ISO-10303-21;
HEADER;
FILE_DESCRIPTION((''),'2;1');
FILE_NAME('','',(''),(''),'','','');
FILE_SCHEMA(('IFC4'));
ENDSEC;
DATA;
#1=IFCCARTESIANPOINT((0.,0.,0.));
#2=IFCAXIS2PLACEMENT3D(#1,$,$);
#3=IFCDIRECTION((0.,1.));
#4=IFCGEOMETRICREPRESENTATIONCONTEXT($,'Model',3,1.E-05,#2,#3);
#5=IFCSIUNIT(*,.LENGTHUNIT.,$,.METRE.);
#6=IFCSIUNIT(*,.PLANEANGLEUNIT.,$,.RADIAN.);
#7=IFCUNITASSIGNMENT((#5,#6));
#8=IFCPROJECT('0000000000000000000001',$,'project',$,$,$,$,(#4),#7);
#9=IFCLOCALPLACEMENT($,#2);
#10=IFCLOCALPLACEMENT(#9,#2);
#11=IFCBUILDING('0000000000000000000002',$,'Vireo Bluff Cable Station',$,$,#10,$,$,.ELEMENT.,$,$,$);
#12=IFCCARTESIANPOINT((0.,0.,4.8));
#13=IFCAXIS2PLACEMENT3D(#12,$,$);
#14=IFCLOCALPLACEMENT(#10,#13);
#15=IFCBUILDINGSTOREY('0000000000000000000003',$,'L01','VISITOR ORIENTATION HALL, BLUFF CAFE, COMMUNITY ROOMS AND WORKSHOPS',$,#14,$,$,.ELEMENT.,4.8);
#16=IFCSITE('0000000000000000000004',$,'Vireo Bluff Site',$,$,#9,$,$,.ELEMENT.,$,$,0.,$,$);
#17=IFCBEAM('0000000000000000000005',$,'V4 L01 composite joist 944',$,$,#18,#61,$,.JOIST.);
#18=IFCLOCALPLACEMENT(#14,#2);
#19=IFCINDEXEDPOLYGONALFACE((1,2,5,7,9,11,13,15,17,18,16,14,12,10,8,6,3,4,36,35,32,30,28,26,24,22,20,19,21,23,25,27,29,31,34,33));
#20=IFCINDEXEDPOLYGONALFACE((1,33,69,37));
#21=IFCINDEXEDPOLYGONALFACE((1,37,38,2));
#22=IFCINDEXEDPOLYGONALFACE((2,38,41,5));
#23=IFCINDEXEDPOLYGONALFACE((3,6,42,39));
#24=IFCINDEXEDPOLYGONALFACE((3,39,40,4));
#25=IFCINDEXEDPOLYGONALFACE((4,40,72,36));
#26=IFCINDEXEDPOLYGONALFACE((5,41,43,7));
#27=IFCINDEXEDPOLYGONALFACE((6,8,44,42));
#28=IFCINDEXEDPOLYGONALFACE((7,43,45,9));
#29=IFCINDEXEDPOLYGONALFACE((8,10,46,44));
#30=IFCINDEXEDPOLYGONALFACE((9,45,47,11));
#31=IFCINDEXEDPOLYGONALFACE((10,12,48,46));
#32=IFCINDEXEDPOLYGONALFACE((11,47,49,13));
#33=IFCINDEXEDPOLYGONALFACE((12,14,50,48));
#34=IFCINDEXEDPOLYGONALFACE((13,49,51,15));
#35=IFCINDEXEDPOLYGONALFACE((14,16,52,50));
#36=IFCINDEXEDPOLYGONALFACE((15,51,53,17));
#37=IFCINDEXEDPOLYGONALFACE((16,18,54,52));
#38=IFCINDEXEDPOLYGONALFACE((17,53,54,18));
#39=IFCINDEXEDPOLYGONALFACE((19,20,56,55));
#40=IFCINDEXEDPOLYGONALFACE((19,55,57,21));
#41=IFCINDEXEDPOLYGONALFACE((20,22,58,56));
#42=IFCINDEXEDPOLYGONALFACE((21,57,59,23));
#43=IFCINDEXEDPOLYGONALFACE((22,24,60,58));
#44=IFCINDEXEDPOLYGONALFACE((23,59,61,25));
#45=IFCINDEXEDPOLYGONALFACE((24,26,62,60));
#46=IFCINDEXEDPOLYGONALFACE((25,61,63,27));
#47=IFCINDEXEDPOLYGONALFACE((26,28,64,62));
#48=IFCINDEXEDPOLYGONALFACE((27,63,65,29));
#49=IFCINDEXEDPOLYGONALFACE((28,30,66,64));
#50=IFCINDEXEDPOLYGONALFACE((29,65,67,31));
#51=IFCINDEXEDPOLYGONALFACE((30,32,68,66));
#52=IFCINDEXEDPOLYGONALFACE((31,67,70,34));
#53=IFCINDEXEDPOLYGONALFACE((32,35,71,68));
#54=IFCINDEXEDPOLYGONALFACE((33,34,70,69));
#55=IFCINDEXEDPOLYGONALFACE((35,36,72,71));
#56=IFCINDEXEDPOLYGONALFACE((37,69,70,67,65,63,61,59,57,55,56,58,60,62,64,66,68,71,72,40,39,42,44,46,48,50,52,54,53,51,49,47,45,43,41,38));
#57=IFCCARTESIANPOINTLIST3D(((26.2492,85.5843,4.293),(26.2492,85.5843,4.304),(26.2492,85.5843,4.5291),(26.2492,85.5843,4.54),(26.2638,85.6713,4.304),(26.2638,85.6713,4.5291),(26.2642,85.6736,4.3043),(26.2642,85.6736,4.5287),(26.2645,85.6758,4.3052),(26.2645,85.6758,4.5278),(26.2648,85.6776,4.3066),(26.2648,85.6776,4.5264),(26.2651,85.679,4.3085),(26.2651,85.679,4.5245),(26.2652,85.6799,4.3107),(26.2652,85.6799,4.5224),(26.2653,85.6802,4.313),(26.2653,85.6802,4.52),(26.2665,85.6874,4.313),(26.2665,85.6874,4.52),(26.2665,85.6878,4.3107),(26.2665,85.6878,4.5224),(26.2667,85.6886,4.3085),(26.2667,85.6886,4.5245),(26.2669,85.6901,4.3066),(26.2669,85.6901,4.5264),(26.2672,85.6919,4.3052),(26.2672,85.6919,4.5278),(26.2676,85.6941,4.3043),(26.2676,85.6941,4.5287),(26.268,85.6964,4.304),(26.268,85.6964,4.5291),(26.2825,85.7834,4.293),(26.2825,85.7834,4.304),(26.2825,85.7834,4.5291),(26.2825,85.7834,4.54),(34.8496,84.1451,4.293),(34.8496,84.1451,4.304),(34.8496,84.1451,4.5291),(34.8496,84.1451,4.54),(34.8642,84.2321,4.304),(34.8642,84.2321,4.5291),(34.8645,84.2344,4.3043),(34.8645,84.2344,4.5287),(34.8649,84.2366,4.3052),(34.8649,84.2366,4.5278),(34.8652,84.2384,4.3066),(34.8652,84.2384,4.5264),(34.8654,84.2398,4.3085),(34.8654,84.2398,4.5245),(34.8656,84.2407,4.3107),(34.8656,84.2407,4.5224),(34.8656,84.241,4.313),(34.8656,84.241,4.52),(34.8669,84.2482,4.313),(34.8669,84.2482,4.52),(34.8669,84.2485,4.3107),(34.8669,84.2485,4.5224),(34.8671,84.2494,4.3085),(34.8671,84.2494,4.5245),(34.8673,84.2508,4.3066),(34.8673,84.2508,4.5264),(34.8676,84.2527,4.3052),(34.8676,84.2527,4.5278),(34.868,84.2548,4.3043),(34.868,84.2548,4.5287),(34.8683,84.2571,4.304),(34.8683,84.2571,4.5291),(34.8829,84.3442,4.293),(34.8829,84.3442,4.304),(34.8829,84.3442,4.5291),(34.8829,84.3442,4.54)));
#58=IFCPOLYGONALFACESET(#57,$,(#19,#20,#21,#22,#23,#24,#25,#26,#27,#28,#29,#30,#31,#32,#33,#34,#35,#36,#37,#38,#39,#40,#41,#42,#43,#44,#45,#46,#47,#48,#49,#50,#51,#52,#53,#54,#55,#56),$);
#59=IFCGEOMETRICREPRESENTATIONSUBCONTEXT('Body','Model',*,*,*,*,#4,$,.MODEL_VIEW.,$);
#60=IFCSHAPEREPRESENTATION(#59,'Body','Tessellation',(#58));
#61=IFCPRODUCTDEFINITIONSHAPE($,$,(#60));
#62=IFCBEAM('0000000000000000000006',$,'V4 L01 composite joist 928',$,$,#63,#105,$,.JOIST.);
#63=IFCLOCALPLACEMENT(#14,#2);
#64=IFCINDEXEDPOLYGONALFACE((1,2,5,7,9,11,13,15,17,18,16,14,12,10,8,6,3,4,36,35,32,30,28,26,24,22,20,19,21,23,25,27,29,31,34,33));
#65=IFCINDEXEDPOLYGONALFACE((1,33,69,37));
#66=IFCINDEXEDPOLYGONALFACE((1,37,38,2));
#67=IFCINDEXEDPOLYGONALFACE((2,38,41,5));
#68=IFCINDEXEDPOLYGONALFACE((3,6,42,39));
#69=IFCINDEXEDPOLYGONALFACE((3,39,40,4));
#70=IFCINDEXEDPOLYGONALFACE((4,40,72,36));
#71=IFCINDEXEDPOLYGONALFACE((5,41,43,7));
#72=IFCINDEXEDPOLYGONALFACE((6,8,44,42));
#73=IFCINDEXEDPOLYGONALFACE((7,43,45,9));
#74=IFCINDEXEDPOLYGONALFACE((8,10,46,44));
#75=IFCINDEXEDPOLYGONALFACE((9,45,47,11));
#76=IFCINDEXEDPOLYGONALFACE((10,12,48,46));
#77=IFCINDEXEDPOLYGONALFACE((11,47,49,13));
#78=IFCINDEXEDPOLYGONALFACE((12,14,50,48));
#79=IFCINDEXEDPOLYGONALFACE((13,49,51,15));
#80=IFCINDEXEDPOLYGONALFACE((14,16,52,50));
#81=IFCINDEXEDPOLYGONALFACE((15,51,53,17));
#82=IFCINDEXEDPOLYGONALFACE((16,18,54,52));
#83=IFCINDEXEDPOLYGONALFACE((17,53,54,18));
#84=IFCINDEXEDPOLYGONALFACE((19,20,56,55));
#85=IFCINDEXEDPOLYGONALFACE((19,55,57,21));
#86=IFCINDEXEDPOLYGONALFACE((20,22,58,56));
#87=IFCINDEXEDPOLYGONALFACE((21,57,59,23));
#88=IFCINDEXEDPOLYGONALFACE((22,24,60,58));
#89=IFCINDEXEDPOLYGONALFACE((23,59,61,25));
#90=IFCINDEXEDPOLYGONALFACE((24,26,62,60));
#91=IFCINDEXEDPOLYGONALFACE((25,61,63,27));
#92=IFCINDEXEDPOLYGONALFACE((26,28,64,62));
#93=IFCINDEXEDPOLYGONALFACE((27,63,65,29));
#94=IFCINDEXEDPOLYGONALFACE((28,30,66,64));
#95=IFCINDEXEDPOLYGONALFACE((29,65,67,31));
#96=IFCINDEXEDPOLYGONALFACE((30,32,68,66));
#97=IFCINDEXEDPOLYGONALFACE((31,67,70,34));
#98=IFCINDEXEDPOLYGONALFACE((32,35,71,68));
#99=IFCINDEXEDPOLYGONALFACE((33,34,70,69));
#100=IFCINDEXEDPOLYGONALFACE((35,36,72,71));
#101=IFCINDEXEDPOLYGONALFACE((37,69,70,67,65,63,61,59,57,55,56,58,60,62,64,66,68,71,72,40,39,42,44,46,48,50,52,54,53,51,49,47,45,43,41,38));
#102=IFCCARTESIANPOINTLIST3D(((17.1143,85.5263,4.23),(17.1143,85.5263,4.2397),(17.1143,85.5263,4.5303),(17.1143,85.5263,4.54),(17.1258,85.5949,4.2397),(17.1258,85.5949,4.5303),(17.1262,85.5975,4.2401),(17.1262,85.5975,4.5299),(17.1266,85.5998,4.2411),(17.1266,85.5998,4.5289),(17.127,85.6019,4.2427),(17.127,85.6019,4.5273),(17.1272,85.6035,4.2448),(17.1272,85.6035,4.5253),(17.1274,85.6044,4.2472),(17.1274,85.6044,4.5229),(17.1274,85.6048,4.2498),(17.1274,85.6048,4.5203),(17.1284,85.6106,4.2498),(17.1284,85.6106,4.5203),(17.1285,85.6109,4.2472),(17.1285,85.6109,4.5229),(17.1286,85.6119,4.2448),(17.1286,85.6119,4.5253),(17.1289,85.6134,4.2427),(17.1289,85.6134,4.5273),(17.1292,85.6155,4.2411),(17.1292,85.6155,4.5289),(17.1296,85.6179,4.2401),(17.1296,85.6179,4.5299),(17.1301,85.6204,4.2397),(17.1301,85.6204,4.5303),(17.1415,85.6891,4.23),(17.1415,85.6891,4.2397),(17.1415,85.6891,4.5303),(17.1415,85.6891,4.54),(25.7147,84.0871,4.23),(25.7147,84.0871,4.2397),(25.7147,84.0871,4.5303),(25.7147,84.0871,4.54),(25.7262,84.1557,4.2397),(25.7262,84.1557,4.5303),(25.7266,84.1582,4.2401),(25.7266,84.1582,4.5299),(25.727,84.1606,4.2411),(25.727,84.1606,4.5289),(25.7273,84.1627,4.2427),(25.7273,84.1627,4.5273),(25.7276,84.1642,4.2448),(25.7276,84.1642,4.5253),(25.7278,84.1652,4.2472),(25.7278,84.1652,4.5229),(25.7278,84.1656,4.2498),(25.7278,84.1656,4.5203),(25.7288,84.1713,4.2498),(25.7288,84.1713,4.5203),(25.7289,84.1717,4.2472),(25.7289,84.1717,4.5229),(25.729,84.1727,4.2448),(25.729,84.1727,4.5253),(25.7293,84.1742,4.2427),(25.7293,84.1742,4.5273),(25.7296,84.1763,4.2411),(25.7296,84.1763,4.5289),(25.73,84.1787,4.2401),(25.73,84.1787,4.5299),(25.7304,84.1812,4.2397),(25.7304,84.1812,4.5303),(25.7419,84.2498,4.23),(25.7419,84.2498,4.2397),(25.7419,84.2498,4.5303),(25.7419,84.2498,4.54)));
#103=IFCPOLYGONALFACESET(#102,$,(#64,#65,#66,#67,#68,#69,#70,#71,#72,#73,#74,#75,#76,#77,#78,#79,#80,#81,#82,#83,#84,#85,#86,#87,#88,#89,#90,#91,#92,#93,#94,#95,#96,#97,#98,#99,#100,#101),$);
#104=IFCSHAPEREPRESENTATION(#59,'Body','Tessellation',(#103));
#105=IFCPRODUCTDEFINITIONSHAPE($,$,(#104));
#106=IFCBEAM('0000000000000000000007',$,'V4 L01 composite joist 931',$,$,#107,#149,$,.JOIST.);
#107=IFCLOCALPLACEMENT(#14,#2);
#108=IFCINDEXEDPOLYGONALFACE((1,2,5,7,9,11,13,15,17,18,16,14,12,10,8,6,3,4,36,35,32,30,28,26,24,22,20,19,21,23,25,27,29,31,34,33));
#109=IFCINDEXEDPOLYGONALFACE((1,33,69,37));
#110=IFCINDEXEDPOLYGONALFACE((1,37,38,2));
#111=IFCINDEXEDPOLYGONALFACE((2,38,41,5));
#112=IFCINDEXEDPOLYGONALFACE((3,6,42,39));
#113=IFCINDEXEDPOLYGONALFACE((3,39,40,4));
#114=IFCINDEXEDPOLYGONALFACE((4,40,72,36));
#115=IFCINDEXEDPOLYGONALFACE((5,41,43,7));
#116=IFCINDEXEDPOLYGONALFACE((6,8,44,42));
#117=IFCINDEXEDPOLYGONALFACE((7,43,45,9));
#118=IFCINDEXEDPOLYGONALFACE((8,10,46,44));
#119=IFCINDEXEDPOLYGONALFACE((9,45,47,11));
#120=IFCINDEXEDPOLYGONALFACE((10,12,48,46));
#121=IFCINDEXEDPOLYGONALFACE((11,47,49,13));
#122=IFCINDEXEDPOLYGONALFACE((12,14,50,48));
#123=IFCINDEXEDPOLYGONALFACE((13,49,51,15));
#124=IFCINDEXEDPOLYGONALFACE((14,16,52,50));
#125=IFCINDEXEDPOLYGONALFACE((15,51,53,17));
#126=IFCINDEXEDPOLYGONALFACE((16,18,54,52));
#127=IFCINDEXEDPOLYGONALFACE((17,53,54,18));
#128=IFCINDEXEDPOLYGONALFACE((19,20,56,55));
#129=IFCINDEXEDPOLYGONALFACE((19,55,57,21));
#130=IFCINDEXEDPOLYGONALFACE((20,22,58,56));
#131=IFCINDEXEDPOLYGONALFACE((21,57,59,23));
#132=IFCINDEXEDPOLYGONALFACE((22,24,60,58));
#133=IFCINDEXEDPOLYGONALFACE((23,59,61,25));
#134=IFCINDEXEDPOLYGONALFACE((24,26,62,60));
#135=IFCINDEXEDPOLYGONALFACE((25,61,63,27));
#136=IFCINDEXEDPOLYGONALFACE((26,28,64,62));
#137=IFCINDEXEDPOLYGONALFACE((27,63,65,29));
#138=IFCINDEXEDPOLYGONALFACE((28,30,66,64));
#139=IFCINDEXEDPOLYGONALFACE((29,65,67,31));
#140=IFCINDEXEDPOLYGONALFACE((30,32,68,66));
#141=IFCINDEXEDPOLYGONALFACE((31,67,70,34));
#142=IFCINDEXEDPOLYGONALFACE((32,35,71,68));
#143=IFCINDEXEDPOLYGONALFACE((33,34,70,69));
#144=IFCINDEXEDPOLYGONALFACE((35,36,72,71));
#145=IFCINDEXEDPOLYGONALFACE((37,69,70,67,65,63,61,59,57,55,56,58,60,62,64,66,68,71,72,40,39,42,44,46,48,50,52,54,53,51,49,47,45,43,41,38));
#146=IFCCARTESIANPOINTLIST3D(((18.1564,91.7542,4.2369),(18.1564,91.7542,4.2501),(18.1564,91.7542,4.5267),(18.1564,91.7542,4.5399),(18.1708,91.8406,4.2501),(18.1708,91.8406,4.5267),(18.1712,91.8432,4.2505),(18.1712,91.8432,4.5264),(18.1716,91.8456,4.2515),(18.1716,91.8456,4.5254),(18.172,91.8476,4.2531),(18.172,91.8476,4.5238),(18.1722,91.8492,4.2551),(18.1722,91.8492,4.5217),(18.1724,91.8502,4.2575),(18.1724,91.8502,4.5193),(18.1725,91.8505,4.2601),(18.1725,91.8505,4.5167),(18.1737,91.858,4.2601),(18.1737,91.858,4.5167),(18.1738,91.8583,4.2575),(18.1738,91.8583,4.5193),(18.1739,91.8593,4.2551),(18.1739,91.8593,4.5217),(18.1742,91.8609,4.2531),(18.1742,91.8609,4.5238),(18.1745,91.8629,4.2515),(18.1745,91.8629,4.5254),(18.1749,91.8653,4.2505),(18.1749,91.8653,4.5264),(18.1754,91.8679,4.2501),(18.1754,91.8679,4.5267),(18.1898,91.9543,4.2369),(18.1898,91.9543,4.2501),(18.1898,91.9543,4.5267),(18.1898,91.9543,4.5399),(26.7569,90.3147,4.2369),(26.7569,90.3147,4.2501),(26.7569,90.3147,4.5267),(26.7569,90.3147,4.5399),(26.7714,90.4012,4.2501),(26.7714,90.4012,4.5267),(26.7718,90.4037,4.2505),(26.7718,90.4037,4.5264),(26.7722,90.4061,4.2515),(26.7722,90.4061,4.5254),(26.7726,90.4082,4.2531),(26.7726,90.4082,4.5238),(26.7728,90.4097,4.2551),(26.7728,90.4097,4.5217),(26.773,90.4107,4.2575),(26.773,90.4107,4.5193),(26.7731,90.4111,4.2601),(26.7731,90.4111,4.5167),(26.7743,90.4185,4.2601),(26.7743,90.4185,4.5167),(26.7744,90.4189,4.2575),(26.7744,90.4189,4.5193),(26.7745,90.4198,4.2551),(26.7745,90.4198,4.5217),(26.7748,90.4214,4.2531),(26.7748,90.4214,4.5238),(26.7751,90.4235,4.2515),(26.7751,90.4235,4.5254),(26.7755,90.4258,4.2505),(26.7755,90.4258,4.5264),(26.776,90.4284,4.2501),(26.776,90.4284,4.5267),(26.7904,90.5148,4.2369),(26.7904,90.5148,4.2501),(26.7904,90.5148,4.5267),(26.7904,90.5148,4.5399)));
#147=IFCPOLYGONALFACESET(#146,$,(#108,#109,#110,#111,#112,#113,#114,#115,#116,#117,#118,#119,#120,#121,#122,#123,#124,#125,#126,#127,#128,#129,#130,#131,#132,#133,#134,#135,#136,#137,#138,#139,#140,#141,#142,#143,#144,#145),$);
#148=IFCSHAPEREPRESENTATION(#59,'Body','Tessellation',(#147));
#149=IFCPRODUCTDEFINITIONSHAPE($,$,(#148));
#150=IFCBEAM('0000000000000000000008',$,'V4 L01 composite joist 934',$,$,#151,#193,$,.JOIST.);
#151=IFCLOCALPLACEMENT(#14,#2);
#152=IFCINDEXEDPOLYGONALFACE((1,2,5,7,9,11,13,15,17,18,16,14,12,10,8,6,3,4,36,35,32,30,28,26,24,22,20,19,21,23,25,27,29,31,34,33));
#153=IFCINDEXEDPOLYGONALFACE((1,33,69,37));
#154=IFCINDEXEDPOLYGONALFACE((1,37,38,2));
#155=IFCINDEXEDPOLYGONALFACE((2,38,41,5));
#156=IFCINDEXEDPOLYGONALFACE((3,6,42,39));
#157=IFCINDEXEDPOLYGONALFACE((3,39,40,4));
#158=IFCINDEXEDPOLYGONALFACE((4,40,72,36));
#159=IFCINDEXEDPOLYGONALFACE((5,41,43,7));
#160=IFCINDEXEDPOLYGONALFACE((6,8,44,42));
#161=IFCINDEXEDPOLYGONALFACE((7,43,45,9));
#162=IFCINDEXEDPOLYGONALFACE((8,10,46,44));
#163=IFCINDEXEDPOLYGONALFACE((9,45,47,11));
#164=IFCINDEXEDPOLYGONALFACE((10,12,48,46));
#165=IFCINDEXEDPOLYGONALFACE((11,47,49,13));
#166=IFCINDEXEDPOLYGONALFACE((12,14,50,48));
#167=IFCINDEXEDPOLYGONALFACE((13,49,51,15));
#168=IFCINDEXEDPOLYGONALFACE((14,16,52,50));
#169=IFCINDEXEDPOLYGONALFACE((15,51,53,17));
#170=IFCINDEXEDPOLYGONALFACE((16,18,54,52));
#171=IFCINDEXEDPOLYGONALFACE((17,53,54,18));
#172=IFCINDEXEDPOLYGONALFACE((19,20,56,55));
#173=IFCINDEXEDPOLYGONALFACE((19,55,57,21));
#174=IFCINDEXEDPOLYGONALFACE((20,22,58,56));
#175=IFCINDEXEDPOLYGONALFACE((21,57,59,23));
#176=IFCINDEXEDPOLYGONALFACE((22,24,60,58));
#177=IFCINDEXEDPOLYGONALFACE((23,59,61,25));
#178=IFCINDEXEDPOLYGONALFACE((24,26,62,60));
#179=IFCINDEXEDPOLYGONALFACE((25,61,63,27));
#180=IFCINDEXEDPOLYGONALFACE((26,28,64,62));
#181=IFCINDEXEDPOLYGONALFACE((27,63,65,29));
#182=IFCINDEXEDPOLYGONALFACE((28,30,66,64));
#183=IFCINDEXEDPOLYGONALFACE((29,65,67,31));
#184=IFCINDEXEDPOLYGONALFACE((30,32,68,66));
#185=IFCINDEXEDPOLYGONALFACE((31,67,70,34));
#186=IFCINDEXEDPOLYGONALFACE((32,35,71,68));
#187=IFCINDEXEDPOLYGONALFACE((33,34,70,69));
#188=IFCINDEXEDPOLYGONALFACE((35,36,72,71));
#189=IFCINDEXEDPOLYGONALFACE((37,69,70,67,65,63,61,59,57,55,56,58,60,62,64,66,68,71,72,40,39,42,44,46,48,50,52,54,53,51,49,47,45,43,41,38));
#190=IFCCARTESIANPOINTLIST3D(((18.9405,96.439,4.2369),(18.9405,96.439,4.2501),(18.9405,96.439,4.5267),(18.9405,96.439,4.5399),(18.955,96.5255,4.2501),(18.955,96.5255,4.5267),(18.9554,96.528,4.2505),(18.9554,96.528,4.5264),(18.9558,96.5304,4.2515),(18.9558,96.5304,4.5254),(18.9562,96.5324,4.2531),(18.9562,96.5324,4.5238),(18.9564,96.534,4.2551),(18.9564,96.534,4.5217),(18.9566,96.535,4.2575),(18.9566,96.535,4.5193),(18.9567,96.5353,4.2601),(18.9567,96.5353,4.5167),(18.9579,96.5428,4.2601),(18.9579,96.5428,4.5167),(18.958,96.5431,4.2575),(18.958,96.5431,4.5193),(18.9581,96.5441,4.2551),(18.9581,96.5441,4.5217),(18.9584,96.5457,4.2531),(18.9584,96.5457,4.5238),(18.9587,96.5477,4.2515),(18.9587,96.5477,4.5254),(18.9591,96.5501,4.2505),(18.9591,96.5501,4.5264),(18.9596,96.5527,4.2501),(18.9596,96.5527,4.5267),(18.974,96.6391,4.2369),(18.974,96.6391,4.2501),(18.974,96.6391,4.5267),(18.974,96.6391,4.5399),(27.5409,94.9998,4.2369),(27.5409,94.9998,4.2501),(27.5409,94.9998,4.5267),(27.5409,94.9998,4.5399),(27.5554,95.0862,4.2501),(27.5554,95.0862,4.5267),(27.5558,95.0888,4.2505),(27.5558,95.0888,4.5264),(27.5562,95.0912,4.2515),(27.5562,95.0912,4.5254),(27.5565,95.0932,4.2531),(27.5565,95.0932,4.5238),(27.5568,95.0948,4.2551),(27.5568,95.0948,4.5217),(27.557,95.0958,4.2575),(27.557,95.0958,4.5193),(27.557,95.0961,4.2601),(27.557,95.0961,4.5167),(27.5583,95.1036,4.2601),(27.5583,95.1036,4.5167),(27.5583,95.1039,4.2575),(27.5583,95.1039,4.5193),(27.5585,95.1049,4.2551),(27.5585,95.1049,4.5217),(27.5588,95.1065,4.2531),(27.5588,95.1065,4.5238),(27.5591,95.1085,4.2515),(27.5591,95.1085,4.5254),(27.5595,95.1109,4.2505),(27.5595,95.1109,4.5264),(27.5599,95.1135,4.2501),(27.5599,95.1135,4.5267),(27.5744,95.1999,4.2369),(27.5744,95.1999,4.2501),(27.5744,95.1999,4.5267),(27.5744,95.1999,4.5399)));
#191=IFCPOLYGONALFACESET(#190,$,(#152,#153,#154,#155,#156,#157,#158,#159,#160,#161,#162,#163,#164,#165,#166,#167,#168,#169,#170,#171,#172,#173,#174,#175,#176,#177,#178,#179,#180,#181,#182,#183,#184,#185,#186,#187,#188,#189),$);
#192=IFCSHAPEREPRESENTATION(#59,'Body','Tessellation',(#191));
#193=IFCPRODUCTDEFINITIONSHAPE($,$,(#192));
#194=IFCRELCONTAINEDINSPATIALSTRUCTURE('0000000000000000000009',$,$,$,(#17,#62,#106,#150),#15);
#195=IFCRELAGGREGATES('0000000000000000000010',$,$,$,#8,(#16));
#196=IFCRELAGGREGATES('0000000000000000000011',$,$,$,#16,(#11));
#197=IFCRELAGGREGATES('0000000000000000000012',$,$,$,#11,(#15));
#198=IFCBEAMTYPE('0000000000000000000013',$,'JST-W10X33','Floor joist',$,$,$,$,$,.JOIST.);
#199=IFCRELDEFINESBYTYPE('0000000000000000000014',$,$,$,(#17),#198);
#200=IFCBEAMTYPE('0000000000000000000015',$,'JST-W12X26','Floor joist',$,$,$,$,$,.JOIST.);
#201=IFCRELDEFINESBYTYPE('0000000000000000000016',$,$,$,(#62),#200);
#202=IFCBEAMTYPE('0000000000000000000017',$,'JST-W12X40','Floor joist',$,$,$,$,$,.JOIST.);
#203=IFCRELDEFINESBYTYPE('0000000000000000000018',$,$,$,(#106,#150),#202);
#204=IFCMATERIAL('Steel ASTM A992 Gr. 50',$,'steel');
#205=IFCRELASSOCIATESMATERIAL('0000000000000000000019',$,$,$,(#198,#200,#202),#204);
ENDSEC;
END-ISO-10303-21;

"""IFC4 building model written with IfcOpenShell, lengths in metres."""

from ifc_helpers import new_model, si_unit, direction, frame, origin, origin_2d, place, context, subcontext, project, spatial, i_section, extrude, material, material_profile, profile_set, type_object, element, save


model = new_model("IFC4")

# Units and contexts
model_context = context("Model", 3, precision=1e-05, world=origin(), true_north=direction((0.0, 1.0)))
body_context = subcontext(model_context, "Body", "Model", "MODEL_VIEW")
ifc_project = project(units=[si_unit("LENGTHUNIT", "METRE"), si_unit("PLANEANGLEUNIT", "RADIAN")], contexts=[model_context])

# Site, building, storey
site_placement = place(None, origin())
site = spatial("IfcSite", under=ifc_project, at=site_placement, Name="Vireo Bluff Site", CompositionType="ELEMENT", RefElevation=0.0)
building_placement = place(site_placement, origin())
building = spatial("IfcBuilding", under=site, at=building_placement, Name="Vireo Bluff Cable Station", CompositionType="ELEMENT")
storey_placement = place(building_placement, frame((0.0, 0.0, 4.8)))
storey = spatial("IfcBuildingStorey", under=building, at=storey_placement, Name="L01", Description="VISITOR ORIENTATION HALL, BLUFF CAFE, COMMUNITY ROOMS AND WORKSHOPS", CompositionType="ELEMENT", Elevation=4.8)

# Shared definitions
ifc_material_1 = material(Name="Steel ASTM A992 Gr. 50", Category="steel")

# Beams
ifc_material_profile_1 = material_profile(ifc_material_1, i_section(OverallWidth=0.2019, OverallDepth=0.2471, WebThickness=0.0073, FlangeThickness=0.011, FilletRadius=0.009, at=origin_2d()), Name="W10X33")
ifc_profile_set_1 = profile_set([ifc_material_profile_1], Name="Steel ASTM A992 Gr. 50")
beam_type_1 = type_object("IfcBeamType", Name="JST-W10X33", Description="Floor joist", PredefinedType="JOIST", material=ifc_profile_set_1)
for number, where, z_axis, x_axis, name in (
    (1, (26.2659, 85.6838, 4.4165), (0.986286, -0.165048, 0.0), (0.165048, 0.986286, 0.0), "V4 L01 composite joist 944"),
):
    element("IfcBeam", number, at=place(storey_placement, frame(where, z_axis=z_axis, x_axis=x_axis)), inside=storey, type_object=beam_type_1, Name=name, PredefinedType="JOIST", context=body_context, shape_type="SweptSolid", body=[
        extrude(i_section(OverallWidth=0.2019, OverallDepth=0.2471, WebThickness=0.0073, FlangeThickness=0.011, FilletRadius=0.009, at=origin_2d()), origin(), (0.0, 0.0, 1.0), 8.72),
    ])
ifc_material_profile_2 = material_profile(ifc_material_1, i_section(OverallWidth=0.165, OverallDepth=0.3101, WebThickness=0.0059, FlangeThickness=0.0098, FilletRadius=0.01, at=origin_2d()), Name="W12X26")
ifc_profile_set_2 = profile_set([ifc_material_profile_2], Name="Steel ASTM A992 Gr. 50")
beam_type_2 = type_object("IfcBeamType", Name="JST-W12X26", Description="Floor joist", PredefinedType="JOIST", material=ifc_profile_set_2)
beam_1_placement = place(storey_placement, frame((17.1279, 85.6077, 4.385), z_axis=(0.986286, -0.165048, 0.0), x_axis=(0.165048, 0.986286, 0.0)))
element("IfcBeam", 2, at=beam_1_placement, inside=storey, type_object=beam_type_2, Name="V4 L01 composite joist 928", PredefinedType="JOIST", context=body_context, shape_type="SweptSolid", body=[
    extrude(i_section(OverallWidth=0.165, OverallDepth=0.3101, WebThickness=0.0059, FlangeThickness=0.0098, FilletRadius=0.01, at=origin_2d()), origin(), (0.0, 0.0, 1.0), 8.72),
])
ifc_material_profile_3 = material_profile(ifc_material_1, i_section(OverallWidth=0.2029, OverallDepth=0.303, WebThickness=0.0076, FlangeThickness=0.0132, FilletRadius=0.01, at=origin_2d()), Name="W12X40")
ifc_profile_set_3 = profile_set([ifc_material_profile_3], Name="Steel ASTM A992 Gr. 50")
beam_type_3 = type_object("IfcBeamType", Name="JST-W12X40", Description="Floor joist", PredefinedType="JOIST", material=ifc_profile_set_3)
beam_2_placement = place(storey_placement, frame((18.1731, 91.8542, 4.3884), z_axis=(0.986282, -0.165071, 0.0), x_axis=(0.165071, 0.986282, 0.0)))
element("IfcBeam", 3, at=beam_2_placement, inside=storey, type_object=beam_type_3, Name="V4 L01 composite joist 931", PredefinedType="JOIST", context=body_context, shape_type="SweptSolid", body=[
    extrude(i_section(OverallWidth=0.2029, OverallDepth=0.303, WebThickness=0.0076, FlangeThickness=0.0132, FilletRadius=0.01, at=origin_2d()), origin(), (0.0, 0.0, 1.0), 8.7202),
])
for number, where, z_axis, x_axis, name in (
    (4, (18.9573, 96.5391, 4.3884), (0.986286, -0.165048, 0.0), (0.165048, 0.986286, 0.0), "V4 L01 composite joist 934"),
):
    element("IfcBeam", number, at=place(storey_placement, frame(where, z_axis=z_axis, x_axis=x_axis)), inside=storey, type_object=beam_type_3, Name=name, PredefinedType="JOIST", context=body_context, shape_type="SweptSolid", body=[
        extrude(i_section(OverallWidth=0.2029, OverallDepth=0.303, WebThickness=0.0076, FlangeThickness=0.0132, FilletRadius=0.01, at=origin_2d()), origin(), (0.0, 0.0, 1.0), 8.72),
    ])

save(model, "model.ifc")
